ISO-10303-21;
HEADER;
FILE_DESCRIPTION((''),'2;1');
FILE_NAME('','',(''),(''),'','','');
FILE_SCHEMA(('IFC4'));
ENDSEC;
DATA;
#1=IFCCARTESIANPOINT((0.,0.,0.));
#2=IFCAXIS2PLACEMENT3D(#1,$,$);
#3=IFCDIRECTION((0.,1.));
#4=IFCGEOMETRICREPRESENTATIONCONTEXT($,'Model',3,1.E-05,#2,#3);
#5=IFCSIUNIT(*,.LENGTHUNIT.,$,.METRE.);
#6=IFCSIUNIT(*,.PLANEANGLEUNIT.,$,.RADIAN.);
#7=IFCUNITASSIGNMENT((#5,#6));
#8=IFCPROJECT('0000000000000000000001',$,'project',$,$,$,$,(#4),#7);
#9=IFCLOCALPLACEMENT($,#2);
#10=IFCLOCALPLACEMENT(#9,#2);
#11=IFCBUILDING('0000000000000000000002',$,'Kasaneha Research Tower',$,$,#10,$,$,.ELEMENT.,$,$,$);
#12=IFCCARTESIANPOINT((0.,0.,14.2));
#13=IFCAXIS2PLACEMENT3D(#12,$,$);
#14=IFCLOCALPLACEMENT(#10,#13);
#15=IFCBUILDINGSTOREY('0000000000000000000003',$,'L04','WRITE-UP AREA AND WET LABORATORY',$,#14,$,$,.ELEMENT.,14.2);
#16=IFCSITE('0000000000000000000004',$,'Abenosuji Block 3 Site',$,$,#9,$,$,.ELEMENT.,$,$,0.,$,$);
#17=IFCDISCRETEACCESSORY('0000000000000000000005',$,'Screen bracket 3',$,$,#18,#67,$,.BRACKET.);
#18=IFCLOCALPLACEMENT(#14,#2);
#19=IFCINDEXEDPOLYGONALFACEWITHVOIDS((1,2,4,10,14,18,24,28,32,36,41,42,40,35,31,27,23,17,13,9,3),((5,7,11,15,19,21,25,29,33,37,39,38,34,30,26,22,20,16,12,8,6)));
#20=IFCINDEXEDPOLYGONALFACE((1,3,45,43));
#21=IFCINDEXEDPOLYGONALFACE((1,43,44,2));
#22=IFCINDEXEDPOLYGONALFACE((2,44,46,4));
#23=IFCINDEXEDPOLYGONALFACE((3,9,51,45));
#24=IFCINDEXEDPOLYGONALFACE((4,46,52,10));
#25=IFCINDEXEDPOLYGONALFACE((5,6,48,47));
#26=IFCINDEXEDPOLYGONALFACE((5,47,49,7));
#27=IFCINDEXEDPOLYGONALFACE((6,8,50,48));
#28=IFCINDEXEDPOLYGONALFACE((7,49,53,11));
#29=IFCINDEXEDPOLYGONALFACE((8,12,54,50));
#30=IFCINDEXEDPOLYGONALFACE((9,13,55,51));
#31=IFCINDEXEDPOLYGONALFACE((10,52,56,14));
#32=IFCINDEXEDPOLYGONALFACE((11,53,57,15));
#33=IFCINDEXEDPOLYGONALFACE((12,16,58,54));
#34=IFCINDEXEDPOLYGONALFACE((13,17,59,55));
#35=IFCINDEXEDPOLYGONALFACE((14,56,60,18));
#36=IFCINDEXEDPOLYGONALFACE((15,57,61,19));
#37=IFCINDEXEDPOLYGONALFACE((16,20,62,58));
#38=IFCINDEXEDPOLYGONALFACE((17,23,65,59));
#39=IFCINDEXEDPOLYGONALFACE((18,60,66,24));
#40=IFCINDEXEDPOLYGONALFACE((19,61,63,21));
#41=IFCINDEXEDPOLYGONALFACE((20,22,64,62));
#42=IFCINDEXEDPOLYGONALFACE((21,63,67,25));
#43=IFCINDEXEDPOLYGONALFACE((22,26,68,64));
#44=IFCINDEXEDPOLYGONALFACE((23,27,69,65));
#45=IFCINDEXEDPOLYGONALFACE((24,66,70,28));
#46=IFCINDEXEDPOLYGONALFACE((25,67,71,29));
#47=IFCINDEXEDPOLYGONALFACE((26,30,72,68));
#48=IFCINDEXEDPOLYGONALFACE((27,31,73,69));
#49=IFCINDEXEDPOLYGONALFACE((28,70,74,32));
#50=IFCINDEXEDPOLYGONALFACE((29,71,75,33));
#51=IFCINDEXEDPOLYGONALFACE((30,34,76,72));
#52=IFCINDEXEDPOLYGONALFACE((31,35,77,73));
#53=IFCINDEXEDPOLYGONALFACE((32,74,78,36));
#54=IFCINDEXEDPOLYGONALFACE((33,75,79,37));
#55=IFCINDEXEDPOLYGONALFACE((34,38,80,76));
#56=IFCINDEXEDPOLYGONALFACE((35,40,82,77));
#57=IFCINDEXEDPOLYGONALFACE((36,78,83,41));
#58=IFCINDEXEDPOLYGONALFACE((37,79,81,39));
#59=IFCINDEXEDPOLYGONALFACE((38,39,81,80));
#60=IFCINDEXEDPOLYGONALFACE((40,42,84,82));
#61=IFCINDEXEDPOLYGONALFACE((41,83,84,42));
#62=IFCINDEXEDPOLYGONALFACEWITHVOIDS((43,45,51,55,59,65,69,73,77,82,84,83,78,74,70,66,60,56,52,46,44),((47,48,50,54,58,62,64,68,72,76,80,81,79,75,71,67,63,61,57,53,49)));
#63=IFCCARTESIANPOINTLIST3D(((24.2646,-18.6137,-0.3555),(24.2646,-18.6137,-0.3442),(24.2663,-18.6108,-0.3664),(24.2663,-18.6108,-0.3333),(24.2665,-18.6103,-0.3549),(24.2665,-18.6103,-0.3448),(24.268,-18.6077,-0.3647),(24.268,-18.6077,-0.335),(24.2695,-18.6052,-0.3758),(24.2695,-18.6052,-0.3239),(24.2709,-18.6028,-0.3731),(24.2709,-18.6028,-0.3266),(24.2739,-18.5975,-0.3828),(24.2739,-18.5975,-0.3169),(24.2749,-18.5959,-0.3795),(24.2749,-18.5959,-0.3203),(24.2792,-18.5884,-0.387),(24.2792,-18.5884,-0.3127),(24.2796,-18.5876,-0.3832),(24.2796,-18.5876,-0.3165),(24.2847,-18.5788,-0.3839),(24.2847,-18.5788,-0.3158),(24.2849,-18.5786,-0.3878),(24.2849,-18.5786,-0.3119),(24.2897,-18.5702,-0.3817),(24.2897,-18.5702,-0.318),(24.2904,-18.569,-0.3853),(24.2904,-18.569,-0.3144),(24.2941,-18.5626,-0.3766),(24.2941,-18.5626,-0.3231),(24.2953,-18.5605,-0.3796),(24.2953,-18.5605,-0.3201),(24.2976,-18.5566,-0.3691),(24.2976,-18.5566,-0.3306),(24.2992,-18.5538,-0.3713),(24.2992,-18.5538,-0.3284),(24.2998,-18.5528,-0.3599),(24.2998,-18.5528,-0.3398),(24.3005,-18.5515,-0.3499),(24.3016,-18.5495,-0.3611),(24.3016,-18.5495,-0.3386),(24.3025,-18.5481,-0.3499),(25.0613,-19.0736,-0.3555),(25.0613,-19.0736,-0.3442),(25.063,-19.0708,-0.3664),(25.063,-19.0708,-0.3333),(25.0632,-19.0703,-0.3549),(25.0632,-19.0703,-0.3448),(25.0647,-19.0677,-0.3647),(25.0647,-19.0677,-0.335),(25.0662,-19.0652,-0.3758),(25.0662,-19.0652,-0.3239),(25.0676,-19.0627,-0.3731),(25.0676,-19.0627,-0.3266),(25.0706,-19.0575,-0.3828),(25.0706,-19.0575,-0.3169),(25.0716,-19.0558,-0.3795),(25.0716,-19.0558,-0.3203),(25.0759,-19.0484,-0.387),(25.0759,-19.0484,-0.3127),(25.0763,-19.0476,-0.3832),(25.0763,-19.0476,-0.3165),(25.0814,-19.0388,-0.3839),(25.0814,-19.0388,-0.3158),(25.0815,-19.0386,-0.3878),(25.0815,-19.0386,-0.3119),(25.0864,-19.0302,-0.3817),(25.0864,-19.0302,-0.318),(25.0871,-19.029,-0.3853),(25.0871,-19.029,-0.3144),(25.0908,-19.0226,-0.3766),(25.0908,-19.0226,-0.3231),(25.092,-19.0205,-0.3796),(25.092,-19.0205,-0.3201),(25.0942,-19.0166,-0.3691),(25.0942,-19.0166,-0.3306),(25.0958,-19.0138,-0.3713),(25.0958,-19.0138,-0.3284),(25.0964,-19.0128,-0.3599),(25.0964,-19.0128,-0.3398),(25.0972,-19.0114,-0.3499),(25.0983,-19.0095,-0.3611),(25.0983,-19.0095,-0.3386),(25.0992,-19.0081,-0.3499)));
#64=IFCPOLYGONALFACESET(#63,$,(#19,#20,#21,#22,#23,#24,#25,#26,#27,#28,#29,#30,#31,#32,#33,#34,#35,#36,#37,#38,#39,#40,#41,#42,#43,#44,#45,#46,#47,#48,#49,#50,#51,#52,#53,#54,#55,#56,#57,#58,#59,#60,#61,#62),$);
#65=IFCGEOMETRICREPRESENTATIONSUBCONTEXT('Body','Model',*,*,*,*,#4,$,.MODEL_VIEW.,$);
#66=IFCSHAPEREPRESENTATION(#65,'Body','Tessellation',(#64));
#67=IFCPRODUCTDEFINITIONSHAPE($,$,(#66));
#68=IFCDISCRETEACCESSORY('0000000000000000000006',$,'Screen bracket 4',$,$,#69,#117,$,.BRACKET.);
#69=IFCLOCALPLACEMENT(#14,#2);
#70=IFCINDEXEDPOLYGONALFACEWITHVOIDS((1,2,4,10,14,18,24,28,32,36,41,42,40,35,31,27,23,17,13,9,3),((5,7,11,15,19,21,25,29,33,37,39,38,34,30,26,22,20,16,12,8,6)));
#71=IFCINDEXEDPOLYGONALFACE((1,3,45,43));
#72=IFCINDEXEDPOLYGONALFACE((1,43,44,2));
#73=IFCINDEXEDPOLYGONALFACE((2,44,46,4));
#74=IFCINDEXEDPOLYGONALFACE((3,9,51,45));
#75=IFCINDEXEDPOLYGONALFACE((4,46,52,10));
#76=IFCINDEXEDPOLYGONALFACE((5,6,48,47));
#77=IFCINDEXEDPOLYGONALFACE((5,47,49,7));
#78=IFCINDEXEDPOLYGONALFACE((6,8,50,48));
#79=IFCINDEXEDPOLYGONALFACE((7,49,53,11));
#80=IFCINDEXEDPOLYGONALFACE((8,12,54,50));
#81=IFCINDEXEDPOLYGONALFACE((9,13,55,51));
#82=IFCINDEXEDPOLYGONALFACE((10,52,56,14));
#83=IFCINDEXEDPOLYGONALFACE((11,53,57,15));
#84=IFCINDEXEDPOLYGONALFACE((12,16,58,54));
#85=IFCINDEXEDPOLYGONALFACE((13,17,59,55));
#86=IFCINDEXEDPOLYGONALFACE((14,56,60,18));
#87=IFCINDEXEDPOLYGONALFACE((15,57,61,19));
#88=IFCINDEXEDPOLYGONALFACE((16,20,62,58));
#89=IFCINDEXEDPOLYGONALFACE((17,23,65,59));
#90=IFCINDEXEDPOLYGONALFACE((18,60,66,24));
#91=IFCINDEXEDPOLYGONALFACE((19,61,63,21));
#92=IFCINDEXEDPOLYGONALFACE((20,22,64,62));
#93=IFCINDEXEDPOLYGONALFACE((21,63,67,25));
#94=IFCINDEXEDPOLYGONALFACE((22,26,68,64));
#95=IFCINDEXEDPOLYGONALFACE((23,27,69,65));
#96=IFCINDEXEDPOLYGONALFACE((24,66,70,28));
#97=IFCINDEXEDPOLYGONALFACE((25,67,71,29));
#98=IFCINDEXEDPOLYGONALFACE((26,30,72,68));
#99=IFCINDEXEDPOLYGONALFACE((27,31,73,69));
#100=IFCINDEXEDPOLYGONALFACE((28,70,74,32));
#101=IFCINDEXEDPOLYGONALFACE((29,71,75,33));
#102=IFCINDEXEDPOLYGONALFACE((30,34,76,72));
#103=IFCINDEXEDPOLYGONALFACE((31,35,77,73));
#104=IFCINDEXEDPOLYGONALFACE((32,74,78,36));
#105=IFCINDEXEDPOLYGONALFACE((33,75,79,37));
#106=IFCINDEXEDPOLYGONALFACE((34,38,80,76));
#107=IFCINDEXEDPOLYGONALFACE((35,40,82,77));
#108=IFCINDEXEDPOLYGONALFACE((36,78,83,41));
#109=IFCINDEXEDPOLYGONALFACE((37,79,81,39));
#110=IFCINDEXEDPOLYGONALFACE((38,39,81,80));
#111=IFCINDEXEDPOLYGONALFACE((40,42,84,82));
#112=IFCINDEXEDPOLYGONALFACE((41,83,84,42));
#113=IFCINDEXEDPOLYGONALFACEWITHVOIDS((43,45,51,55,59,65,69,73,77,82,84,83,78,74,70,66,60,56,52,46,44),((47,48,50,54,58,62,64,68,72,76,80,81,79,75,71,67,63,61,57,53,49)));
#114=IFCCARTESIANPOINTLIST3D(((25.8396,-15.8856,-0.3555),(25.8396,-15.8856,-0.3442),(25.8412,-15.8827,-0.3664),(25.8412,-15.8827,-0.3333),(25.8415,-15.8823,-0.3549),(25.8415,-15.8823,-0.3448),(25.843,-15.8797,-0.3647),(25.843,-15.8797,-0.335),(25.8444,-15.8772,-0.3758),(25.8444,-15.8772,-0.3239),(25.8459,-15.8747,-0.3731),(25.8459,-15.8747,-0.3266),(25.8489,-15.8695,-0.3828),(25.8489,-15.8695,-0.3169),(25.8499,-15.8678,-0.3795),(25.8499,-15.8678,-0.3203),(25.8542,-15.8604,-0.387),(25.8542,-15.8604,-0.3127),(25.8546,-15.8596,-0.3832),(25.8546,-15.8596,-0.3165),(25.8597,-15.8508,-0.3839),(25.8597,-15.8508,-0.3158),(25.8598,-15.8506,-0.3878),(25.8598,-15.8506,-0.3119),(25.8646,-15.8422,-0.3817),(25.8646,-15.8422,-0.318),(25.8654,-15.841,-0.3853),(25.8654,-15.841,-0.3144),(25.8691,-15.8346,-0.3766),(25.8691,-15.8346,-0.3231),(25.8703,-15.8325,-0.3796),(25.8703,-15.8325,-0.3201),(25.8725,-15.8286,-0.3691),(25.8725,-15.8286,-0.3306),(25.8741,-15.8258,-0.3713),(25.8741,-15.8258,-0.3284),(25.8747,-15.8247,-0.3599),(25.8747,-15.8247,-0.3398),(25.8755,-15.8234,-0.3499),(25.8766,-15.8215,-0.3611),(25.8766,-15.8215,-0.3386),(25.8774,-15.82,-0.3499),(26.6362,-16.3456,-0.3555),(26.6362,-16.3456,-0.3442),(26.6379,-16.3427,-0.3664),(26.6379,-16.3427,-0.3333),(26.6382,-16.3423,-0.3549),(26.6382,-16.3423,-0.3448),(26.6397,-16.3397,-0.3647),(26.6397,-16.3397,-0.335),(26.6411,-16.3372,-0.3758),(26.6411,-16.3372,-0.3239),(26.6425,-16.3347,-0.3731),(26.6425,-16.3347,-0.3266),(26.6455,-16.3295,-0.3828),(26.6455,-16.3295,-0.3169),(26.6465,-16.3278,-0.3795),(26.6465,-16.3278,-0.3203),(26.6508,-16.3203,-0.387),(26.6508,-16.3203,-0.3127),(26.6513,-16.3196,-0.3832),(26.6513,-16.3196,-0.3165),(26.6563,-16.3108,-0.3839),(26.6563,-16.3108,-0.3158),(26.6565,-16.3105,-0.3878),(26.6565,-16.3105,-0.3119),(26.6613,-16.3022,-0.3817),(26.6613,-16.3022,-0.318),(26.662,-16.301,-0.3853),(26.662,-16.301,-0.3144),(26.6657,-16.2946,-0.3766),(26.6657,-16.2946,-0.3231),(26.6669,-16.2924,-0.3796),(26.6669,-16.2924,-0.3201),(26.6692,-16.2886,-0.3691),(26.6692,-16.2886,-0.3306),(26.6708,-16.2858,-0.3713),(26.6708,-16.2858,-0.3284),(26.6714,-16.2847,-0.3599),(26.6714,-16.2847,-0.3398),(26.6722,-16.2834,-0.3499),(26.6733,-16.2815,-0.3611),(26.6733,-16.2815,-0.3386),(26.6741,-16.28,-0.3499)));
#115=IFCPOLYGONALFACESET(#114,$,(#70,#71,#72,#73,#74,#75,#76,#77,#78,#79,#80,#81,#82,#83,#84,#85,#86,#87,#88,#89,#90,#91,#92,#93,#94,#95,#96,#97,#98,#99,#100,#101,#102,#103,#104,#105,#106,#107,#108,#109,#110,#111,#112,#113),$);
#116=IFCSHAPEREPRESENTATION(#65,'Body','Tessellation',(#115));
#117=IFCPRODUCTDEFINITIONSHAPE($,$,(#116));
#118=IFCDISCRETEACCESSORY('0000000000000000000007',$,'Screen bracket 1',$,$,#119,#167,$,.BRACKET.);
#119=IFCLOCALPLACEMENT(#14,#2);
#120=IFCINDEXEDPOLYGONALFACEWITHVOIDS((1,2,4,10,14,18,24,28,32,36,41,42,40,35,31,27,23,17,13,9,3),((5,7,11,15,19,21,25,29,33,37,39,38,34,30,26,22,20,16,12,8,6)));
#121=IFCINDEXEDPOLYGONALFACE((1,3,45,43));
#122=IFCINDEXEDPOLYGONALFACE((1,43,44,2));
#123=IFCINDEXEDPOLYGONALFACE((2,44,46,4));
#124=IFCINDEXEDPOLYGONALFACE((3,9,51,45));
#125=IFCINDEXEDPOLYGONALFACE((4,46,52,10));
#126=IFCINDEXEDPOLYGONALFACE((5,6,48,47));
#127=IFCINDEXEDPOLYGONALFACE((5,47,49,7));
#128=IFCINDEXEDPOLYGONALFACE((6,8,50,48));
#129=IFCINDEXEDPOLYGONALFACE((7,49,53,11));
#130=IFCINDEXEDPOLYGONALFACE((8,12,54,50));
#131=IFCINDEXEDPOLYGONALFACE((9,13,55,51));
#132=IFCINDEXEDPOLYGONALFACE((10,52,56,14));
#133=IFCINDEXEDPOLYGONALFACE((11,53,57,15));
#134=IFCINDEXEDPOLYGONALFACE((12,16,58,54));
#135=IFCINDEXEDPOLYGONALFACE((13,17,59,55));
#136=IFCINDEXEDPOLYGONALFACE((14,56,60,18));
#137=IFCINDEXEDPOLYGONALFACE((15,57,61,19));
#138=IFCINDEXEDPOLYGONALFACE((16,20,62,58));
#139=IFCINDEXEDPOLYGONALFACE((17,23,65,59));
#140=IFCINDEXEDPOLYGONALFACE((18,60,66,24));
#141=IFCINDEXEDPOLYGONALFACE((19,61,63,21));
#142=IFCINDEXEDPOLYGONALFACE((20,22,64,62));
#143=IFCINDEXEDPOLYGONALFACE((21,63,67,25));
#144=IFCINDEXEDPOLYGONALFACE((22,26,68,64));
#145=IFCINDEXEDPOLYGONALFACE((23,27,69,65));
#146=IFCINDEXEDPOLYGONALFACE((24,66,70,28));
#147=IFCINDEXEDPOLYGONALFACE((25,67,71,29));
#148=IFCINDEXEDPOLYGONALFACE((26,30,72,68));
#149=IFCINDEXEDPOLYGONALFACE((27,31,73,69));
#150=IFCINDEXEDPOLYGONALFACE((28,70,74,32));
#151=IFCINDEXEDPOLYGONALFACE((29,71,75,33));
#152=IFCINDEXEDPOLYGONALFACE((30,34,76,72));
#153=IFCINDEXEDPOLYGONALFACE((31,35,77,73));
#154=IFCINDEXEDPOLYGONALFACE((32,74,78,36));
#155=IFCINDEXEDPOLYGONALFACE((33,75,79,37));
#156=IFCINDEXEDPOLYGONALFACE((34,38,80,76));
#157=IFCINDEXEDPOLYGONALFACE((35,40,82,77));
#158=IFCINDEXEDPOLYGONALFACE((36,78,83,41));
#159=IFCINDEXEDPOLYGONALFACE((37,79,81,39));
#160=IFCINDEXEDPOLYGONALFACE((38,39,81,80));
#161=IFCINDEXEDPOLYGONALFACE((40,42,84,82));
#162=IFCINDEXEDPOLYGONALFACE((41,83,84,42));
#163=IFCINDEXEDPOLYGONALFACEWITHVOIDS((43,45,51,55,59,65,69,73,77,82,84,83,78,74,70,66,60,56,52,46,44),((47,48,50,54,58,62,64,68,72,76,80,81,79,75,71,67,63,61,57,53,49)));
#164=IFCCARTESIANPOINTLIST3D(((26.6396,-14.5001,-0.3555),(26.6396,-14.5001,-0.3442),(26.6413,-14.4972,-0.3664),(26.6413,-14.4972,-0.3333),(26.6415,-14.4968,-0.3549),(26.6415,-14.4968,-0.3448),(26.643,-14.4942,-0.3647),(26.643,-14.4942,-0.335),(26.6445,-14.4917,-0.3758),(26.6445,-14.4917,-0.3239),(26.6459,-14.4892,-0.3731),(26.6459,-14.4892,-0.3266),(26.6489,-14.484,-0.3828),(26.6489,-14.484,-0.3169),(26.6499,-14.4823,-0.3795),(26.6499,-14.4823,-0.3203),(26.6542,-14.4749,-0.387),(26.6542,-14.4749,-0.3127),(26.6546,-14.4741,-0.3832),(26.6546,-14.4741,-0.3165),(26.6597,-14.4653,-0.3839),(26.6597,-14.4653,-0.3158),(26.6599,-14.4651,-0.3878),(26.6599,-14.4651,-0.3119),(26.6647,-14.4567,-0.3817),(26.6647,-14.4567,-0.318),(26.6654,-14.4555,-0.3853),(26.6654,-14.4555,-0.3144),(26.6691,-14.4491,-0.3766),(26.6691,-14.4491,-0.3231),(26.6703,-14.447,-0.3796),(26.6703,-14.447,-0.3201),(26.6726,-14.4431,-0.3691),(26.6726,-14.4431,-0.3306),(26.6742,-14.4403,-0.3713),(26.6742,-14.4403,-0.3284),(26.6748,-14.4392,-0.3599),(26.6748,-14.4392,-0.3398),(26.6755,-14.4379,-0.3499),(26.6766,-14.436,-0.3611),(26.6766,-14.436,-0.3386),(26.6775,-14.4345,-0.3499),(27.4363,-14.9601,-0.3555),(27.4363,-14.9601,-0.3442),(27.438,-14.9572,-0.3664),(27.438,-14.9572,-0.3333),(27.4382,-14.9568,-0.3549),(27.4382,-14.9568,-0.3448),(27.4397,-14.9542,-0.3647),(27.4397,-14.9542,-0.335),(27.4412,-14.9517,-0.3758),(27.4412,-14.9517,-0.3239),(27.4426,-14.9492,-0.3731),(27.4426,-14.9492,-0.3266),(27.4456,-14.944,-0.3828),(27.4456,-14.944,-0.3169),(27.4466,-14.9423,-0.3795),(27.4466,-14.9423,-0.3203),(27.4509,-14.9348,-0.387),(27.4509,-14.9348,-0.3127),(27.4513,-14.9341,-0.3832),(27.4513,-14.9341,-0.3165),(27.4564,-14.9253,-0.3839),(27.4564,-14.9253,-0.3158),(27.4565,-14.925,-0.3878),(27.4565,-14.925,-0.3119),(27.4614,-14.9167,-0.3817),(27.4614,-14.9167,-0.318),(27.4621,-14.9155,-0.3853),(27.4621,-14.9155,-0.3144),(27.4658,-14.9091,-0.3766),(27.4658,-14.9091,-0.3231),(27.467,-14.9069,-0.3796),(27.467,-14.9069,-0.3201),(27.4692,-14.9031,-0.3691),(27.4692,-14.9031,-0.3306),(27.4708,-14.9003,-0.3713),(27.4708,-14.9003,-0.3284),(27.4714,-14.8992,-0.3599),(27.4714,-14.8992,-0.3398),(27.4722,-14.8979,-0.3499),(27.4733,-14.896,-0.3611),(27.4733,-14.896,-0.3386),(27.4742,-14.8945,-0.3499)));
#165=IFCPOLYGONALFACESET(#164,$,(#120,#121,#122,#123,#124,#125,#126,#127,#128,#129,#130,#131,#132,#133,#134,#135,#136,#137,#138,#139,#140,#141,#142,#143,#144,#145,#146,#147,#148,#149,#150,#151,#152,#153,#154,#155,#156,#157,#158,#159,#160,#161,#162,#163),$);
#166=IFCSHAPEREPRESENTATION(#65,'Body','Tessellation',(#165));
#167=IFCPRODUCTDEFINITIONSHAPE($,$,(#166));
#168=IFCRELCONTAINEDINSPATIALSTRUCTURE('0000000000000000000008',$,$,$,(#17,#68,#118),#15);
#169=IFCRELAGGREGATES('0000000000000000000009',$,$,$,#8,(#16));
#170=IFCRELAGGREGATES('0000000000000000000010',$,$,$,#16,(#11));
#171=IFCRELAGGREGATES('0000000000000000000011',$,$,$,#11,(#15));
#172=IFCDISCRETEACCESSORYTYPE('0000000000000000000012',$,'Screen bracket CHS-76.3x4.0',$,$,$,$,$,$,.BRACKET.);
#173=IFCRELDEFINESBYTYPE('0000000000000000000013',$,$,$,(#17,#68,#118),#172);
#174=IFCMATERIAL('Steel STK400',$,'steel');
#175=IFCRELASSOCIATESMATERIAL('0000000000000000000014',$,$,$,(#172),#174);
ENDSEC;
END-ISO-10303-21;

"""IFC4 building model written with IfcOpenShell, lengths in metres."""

from ifc_helpers import new_model, si_unit, direction, frame, origin, origin_2d, place, context, subcontext, project, spatial, hollow_circle, extrude, material, material_profile, profile_set, type_object, element, save


model = new_model("IFC4")

# Units and contexts
model_context = context("Model", 3, precision=1e-05, world=origin(), true_north=direction((0.0, 1.0)))
body_context = subcontext(model_context, "Body", "Model", "MODEL_VIEW")
ifc_project = project(units=[si_unit("LENGTHUNIT", "METRE"), si_unit("PLANEANGLEUNIT", "RADIAN")], contexts=[model_context])

# Site, building, storey
site_placement = place(None, origin())
site = spatial("IfcSite", under=ifc_project, at=site_placement, Name="Abenosuji Block 3 Site", CompositionType="ELEMENT", RefElevation=0.0)
building_placement = place(site_placement, origin())
building = spatial("IfcBuilding", under=site, at=building_placement, Name="Kasaneha Research Tower", CompositionType="ELEMENT")
storey_placement = place(building_placement, frame((0.0, 0.0, 14.2)))
storey = spatial("IfcBuildingStorey", under=building, at=storey_placement, Name="L04", Description="WRITE-UP AREA AND WET LABORATORY", CompositionType="ELEMENT", Elevation=14.2)

# Discrete accessories
ifc_material_1 = material(Name="Steel STK400", Category="steel")
ifc_material_profile_1 = material_profile(ifc_material_1, hollow_circle(Radius=0.0381, WallThickness=0.0039, at=origin_2d()), Name="CHS-76.3x4.0")
ifc_profile_set_1 = profile_set([ifc_material_profile_1], Name="Steel STK400")
discrete_accessory_type = type_object("IfcDiscreteAccessoryType", Name="Screen bracket CHS-76.3x4.0", PredefinedType="BRACKET", material=ifc_profile_set_1)
for number, where, z_axis, x_axis, name in (
    (1, (24.2834, -18.5811, -0.3499), (0.866013, -0.500021, 0.0), (0.500021, 0.866013, 0.0), "Screen bracket 3"),
    (2, (25.8584, -15.853, -0.3499), (0.866013, -0.500021, 0.0), (0.500021, 0.866013, 0.0), "Screen bracket 4"),
    (3, (26.6584, -14.4675, -0.3499), (0.866013, -0.500021, 0.0), (0.500021, 0.866013, 0.0), "Screen bracket 1"),
):
    element("IfcDiscreteAccessory", number, at=place(storey_placement, frame(where, z_axis=z_axis, x_axis=x_axis)), inside=storey, type_object=discrete_accessory_type, Name=name, PredefinedType="BRACKET", context=body_context, shape_type="SweptSolid", body=[
        extrude(hollow_circle(Radius=0.0381, WallThickness=0.0039, at=origin_2d()), origin(), (0.0, 0.0, 1.0), 0.9199),
    ])

save(model, "model.ifc")
